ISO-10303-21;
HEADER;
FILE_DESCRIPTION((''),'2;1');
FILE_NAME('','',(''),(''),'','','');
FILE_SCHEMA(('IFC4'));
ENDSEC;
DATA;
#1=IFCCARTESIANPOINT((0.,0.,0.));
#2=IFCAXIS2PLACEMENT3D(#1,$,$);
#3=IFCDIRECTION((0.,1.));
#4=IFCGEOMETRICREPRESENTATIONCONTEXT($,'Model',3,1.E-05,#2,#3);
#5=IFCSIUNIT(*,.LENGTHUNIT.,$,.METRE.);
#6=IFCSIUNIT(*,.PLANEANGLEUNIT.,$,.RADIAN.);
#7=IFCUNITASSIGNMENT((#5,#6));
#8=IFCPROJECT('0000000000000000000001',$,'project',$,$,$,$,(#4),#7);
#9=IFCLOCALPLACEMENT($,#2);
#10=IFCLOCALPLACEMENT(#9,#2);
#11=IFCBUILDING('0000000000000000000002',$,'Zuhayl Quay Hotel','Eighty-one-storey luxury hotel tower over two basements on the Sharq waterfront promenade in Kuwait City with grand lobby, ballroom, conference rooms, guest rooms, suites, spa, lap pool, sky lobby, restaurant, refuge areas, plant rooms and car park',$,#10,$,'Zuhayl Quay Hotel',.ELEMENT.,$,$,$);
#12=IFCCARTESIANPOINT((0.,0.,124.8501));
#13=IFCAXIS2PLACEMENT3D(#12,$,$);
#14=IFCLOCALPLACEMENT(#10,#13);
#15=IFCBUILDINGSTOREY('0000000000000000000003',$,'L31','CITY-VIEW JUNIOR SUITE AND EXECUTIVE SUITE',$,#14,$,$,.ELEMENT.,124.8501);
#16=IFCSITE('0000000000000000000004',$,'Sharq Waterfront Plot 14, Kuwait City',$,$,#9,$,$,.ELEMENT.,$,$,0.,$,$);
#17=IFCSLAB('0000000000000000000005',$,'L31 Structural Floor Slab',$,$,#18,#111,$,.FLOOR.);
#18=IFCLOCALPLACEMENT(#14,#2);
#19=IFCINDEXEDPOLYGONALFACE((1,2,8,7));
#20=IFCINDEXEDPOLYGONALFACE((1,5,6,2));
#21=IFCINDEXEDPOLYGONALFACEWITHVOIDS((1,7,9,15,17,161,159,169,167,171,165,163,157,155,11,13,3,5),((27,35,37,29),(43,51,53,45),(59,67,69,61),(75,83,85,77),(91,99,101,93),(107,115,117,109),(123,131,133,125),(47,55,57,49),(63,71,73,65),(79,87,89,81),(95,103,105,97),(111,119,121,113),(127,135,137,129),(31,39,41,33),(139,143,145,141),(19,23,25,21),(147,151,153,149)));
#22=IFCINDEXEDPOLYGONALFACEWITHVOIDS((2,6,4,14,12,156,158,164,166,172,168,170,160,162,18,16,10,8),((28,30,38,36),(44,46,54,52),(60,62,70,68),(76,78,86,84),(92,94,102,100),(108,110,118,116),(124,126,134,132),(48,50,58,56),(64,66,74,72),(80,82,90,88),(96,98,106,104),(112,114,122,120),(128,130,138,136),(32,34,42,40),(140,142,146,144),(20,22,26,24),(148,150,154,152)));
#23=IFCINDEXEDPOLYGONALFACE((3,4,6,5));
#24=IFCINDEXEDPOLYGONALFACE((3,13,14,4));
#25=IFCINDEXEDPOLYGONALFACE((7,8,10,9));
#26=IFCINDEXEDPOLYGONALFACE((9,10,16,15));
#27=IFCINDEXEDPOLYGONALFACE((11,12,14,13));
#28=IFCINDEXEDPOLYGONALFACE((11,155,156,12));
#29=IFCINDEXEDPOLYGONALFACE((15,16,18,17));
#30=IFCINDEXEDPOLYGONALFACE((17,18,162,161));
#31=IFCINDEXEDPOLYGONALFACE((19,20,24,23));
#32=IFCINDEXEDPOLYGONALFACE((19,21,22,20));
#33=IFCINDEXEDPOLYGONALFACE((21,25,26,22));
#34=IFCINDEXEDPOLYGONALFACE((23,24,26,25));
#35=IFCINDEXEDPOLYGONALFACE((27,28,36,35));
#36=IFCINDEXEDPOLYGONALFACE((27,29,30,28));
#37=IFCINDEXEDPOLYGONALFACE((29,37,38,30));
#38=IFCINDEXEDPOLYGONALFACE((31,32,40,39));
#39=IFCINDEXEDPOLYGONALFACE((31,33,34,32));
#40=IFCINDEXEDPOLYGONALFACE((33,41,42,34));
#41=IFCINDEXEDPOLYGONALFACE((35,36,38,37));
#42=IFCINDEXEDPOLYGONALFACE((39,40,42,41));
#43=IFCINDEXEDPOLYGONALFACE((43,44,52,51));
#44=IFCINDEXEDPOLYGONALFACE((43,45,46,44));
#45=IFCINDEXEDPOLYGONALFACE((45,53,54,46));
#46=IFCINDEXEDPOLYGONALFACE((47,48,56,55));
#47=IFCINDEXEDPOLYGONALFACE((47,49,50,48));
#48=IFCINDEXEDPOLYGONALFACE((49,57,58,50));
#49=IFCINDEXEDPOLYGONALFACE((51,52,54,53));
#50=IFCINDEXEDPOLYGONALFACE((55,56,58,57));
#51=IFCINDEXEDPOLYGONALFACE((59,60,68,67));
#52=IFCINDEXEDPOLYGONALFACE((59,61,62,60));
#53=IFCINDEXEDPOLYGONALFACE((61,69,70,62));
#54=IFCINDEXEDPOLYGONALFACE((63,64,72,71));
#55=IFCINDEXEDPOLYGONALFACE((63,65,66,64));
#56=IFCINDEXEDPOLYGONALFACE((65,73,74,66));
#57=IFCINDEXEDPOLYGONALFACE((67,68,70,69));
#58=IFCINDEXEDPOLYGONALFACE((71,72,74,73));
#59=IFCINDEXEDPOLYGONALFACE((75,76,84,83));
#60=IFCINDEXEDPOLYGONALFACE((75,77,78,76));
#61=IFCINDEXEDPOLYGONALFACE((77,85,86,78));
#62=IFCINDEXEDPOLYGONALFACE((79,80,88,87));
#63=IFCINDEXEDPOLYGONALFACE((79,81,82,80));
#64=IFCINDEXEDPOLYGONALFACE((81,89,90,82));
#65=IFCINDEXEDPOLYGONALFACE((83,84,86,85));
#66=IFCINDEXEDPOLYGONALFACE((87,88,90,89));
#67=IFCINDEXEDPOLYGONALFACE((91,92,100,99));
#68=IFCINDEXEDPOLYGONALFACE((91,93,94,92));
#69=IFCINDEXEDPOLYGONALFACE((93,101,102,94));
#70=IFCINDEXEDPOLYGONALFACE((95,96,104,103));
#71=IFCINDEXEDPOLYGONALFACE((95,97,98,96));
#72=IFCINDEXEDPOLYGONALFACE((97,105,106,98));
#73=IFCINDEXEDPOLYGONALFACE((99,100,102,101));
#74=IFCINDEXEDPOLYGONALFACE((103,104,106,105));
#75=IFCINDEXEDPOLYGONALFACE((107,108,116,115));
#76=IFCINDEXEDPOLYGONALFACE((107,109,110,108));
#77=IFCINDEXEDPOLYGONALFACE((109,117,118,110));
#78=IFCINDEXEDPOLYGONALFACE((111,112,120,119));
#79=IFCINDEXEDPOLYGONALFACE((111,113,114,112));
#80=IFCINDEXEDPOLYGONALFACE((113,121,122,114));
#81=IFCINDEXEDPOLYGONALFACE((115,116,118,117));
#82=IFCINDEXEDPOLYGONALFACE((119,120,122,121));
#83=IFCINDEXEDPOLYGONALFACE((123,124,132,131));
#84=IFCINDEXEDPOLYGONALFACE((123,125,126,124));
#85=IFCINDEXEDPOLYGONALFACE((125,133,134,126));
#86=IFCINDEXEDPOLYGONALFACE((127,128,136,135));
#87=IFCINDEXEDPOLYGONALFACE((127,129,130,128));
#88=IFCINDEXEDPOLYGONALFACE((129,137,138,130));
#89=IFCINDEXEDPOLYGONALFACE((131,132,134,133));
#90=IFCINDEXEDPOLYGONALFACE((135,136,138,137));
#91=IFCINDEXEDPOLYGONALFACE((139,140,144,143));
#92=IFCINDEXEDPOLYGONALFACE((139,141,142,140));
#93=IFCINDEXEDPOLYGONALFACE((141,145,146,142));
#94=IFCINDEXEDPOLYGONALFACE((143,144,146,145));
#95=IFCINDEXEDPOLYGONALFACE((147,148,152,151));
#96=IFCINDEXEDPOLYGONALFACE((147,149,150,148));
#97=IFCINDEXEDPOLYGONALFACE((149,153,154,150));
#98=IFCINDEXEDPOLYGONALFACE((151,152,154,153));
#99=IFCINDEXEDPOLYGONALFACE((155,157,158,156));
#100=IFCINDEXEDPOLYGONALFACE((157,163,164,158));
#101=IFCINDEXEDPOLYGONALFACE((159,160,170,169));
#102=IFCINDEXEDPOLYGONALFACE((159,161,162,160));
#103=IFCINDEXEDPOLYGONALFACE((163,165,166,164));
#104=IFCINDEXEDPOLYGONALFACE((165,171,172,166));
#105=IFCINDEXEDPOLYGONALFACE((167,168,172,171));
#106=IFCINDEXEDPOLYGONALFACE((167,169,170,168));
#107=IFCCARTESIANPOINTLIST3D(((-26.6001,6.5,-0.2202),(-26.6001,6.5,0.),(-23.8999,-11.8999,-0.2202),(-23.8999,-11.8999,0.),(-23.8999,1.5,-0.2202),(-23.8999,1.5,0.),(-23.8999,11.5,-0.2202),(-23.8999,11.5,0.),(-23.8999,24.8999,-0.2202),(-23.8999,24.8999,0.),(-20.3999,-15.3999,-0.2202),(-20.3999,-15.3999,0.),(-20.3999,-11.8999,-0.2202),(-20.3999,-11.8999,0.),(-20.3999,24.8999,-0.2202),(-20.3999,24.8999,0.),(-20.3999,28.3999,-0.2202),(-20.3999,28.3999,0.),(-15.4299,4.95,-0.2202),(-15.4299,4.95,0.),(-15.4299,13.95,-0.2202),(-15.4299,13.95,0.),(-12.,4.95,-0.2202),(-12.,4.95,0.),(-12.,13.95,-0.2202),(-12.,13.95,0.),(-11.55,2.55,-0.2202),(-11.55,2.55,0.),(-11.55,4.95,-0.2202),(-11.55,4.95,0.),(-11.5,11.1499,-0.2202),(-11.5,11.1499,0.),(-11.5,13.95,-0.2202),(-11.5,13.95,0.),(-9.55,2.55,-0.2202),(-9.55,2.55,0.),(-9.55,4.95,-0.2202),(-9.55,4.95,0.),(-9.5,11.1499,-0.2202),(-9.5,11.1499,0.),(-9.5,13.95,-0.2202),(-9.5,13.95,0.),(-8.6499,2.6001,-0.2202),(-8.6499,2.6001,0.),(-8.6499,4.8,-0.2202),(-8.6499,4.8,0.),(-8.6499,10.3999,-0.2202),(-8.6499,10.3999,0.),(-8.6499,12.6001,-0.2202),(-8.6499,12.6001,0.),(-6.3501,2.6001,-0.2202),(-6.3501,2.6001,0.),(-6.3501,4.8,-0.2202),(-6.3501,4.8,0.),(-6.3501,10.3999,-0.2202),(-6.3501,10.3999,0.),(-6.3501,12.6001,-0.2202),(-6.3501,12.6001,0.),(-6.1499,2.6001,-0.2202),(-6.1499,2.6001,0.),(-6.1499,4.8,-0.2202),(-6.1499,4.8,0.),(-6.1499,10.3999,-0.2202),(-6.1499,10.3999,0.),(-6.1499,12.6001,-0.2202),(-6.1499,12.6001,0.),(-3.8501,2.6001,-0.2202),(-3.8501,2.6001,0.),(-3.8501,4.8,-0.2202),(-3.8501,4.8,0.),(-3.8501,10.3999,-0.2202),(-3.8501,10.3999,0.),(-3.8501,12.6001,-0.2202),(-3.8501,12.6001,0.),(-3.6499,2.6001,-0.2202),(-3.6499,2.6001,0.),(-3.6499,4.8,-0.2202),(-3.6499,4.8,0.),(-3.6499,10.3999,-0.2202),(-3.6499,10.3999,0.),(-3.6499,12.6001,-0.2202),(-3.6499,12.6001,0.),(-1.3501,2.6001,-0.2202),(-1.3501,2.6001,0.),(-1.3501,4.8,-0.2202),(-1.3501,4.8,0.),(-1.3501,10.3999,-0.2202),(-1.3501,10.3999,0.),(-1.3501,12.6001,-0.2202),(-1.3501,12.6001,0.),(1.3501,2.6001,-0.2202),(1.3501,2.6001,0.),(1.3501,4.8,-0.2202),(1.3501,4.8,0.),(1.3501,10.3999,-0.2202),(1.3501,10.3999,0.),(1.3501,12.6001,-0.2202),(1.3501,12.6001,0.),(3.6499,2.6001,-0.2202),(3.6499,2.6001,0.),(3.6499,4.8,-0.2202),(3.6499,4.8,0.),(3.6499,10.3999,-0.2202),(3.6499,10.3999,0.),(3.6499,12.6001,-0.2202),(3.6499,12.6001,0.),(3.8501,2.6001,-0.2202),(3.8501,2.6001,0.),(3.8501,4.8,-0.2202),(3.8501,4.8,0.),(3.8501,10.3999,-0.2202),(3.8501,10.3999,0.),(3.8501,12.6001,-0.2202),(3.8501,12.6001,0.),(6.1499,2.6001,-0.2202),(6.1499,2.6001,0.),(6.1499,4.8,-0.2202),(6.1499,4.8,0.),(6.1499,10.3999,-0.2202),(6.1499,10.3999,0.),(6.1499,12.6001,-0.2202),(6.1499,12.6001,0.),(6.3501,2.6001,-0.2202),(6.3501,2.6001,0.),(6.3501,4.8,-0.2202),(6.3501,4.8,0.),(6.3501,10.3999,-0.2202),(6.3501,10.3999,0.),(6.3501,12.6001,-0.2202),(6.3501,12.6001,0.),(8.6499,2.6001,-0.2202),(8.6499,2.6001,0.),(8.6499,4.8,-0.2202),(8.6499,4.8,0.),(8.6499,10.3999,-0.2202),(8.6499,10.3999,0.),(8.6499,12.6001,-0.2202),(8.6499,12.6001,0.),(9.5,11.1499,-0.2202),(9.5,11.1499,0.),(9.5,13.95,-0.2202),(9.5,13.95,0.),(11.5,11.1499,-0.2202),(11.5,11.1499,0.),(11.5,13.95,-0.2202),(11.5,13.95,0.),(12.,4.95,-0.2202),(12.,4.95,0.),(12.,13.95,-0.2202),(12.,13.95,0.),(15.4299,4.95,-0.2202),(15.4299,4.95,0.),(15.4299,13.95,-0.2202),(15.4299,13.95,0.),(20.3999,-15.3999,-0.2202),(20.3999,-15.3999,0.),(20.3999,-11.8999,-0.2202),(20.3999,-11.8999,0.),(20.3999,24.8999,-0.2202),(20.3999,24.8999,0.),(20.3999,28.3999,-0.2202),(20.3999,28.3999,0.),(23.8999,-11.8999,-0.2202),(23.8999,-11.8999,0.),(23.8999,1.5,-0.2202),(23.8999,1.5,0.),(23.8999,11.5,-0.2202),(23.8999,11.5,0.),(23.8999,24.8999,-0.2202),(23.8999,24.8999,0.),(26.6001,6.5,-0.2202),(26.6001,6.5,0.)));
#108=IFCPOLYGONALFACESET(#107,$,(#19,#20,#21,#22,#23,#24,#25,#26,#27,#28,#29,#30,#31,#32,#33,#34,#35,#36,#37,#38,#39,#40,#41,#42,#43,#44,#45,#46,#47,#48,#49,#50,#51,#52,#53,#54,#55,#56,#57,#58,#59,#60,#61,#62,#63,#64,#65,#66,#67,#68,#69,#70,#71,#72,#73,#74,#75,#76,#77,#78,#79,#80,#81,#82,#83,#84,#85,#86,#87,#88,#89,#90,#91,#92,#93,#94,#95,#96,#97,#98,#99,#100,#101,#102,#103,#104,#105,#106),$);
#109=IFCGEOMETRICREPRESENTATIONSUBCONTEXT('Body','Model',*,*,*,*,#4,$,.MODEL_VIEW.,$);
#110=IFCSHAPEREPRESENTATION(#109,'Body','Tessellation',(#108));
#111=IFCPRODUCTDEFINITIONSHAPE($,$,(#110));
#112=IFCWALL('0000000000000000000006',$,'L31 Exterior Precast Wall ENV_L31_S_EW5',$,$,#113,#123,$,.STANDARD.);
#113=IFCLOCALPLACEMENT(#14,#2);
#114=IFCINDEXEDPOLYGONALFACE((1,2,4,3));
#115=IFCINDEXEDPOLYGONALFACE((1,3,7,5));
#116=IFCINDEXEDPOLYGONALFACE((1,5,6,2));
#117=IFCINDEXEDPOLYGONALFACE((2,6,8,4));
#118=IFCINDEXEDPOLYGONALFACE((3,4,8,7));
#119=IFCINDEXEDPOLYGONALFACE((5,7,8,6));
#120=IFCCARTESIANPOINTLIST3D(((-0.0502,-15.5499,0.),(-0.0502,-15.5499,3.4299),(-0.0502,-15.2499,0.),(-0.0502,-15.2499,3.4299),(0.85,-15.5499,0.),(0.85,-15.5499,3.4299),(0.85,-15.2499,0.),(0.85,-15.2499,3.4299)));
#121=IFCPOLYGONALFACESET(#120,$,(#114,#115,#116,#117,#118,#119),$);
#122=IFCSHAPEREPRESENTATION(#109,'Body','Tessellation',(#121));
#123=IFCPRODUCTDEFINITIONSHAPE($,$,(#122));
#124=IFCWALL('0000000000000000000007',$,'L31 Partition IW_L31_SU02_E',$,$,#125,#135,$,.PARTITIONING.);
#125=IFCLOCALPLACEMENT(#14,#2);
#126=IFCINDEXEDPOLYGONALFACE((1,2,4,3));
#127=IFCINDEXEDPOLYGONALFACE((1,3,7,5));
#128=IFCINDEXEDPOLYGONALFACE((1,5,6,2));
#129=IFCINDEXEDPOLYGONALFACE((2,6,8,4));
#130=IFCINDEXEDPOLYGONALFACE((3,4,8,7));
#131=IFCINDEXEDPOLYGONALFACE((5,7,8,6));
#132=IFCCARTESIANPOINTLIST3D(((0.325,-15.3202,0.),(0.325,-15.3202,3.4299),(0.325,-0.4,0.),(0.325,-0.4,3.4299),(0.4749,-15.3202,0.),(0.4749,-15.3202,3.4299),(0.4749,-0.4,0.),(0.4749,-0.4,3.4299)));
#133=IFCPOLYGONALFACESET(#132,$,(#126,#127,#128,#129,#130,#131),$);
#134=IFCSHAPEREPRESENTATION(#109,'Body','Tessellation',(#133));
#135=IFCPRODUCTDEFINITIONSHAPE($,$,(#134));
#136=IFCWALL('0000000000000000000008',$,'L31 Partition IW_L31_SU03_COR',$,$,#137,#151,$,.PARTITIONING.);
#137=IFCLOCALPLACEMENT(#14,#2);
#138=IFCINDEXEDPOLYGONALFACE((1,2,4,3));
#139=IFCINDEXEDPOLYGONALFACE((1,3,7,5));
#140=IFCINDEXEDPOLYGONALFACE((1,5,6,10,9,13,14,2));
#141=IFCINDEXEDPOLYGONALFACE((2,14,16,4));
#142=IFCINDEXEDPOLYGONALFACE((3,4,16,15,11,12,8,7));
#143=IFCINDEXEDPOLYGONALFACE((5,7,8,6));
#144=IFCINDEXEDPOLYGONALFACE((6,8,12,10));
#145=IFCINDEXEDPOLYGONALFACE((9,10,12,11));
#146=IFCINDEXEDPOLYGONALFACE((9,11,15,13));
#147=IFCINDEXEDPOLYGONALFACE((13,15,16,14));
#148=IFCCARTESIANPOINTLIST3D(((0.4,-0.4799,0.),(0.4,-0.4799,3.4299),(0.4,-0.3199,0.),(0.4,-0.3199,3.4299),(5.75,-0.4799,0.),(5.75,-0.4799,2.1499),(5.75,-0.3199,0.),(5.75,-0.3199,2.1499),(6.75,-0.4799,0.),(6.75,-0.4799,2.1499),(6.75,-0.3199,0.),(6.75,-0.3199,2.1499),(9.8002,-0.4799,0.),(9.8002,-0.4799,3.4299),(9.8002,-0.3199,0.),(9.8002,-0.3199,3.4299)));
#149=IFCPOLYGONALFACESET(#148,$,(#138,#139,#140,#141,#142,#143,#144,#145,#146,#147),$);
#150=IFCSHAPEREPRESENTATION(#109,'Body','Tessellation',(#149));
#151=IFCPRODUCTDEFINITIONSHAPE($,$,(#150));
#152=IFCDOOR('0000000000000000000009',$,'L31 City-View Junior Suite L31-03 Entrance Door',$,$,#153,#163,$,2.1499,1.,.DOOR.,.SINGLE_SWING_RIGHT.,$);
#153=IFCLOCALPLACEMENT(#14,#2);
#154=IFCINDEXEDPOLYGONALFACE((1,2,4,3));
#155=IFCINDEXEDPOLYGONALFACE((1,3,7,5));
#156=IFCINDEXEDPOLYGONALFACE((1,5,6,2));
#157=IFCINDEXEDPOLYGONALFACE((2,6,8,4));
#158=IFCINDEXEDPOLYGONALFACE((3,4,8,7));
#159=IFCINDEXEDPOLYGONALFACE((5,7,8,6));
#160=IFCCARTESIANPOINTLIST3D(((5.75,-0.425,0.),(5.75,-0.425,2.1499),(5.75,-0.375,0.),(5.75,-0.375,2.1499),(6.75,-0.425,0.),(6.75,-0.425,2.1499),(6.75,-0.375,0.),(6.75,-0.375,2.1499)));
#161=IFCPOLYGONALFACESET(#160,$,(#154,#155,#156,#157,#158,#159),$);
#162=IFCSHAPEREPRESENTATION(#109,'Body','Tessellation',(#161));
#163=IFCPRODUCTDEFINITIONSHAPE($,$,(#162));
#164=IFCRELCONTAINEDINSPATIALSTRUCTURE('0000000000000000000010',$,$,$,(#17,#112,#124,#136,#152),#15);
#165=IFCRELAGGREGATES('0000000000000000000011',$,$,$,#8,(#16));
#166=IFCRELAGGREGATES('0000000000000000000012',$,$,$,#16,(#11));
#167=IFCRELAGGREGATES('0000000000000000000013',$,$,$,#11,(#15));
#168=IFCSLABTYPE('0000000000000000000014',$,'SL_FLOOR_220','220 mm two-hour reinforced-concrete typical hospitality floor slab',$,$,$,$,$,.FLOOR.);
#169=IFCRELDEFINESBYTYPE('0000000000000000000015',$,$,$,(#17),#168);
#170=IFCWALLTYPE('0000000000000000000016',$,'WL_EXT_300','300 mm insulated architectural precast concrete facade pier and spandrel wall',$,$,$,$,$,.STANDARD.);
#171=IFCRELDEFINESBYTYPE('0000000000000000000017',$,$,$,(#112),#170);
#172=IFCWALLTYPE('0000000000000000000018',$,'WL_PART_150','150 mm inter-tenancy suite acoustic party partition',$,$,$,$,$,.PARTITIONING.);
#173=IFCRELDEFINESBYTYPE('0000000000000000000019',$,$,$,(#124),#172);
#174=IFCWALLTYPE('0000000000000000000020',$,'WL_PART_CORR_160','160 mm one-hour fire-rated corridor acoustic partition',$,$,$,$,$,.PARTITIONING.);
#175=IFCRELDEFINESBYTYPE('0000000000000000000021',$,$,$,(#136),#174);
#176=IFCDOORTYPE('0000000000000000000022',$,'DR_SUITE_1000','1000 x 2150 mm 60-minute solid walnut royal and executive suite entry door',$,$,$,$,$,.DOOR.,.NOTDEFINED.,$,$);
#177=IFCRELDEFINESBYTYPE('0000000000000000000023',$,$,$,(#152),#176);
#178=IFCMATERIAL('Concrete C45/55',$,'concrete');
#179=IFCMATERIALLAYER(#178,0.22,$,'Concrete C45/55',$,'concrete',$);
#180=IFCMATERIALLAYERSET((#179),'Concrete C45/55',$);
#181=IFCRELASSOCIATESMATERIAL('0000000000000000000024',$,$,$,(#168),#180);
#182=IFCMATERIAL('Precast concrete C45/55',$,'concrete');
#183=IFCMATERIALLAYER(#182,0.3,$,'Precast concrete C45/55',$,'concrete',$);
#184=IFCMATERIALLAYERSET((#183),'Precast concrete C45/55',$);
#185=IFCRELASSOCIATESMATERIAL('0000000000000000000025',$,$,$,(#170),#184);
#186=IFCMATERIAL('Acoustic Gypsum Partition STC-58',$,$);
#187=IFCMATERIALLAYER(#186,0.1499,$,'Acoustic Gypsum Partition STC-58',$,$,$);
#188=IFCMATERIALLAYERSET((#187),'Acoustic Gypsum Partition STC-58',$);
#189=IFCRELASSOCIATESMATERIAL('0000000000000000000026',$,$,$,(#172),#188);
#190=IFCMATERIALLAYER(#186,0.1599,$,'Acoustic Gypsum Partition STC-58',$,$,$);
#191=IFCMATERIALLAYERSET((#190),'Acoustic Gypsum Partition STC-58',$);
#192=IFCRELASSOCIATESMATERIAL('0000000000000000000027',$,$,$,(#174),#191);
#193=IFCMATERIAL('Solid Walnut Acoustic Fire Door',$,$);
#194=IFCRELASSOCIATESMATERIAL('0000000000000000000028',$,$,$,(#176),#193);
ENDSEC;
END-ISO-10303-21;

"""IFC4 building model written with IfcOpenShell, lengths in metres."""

from ifc_helpers import new_model, si_unit, direction, frame, frame_2d, origin, place, context, subcontext, project, spatial, polyline, rectangle, outline, extrude, material, layer, layer_set, type_object, element, fill, save


model = new_model("IFC4")

# Units and contexts
model_context = context("Model", 3, precision=1e-05, world=origin(), true_north=direction((0.0, 1.0)))
body_context = subcontext(model_context, "Body", "Model", "MODEL_VIEW")
ifc_project = project(units=[si_unit("LENGTHUNIT", "METRE"), si_unit("PLANEANGLEUNIT", "RADIAN")], contexts=[model_context])

# Site, building, storey
site_placement = place(None, origin())
site = spatial("IfcSite", under=ifc_project, at=site_placement, Name="Sharq Waterfront Plot 14, Kuwait City", CompositionType="ELEMENT", RefElevation=0.0)
building_placement = place(site_placement, origin())
building = spatial("IfcBuilding", under=site, at=building_placement, Name="Zuhayl Quay Hotel", Description="Eighty-one-storey luxury hotel tower over two basements on the Sharq waterfront promenade in Kuwait City with grand lobby, ballroom, conference rooms, guest rooms, suites, spa, lap pool, sky lobby, restaurant, refuge areas, plant rooms and car park", LongName="Zuhayl Quay Hotel", CompositionType="ELEMENT")
storey_placement = place(building_placement, frame((0.0, 0.0, 124.8501)))
storey = spatial("IfcBuildingStorey", under=building, at=storey_placement, Name="L31", Description="CITY-VIEW JUNIOR SUITE AND EXECUTIVE SUITE", CompositionType="ELEMENT", Elevation=124.8501)

# Slab
ifc_material_1 = material(Name="Concrete C45/55", Category="concrete")
ifc_layer_1 = layer(ifc_material_1, 0.22, Name="Concrete C45/55", Category="concrete")
ifc_layer_set_1 = layer_set([ifc_layer_1], Name="Concrete C45/55")
slab_type_1 = type_object("IfcSlabType", Name="SL_FLOOR_220", Description="220 mm two-hour reinforced-concrete typical hospitality floor slab", PredefinedType="FLOOR", material=ifc_layer_set_1)
slab_1_placement = place(storey_placement, frame((0.0, 0.0, -0.2202)))
element("IfcSlab", 1, at=slab_1_placement, inside=storey, type_object=slab_type_1, Name="L31 Structural Floor Slab", PredefinedType="FLOOR", context=body_context, shape_type="SweptSolid", body=[
    extrude(outline(polyline([(-20.3999, -15.3999), (20.3999, -15.3999), (20.3999, -11.8999), (23.8999, -11.8999), (23.8999, 1.5), (26.6001, 6.5), (23.8999, 11.5), (23.8999, 24.8999), (20.3999, 24.8999), (20.3999, 28.3999), (-20.3999, 28.3999), (-20.3999, 24.8999), (-23.8999, 24.8999), (-23.8999, 11.5), (-26.6001, 6.5), (-23.8999, 1.5), (-23.8999, -11.8999), (-20.3999, -11.8999), (-20.3999, -15.3999)]), holes=[polyline([(-12.0, 4.95), (-12.0, 13.95), (-15.4299, 13.95), (-15.4299, 4.95), (-12.0, 4.95)]), polyline([(15.4299, 4.95), (15.4299, 13.95), (12.0, 13.95), (12.0, 4.95), (15.4299, 4.95)]), polyline([(-11.5, 11.1499), (-9.5, 11.1499), (-9.5, 13.95), (-11.5, 13.95), (-11.5, 11.1499)]), polyline([(9.5, 11.1499), (11.5, 11.1499), (11.5, 13.95), (9.5, 13.95), (9.5, 11.1499)]), polyline([(-8.6499, 2.6001), (-6.3501, 2.6001), (-6.3501, 4.8), (-8.6499, 4.8), (-8.6499, 2.6001)]), polyline([(-6.1499, 2.6001), (-3.8501, 2.6001), (-3.8501, 4.8), (-6.1499, 4.8), (-6.1499, 2.6001)]), polyline([(-8.6499, 10.3999), (-6.3501, 10.3999), (-6.3501, 12.6001), (-8.6499, 12.6001), (-8.6499, 10.3999)]), polyline([(-6.1499, 10.3999), (-3.8501, 10.3999), (-3.8501, 12.6001), (-6.1499, 12.6001), (-6.1499, 10.3999)]), polyline([(-3.6499, 2.6001), (-1.3501, 2.6001), (-1.3501, 4.8), (-3.6499, 4.8), (-3.6499, 2.6001)]), polyline([(1.3501, 2.6001), (3.6499, 2.6001), (3.6499, 4.8), (1.3501, 4.8), (1.3501, 2.6001)]), polyline([(-3.6499, 10.3999), (-1.3501, 10.3999), (-1.3501, 12.6001), (-3.6499, 12.6001), (-3.6499, 10.3999)]), polyline([(1.3501, 10.3999), (3.6499, 10.3999), (3.6499, 12.6001), (1.3501, 12.6001), (1.3501, 10.3999)]), polyline([(3.8501, 2.6001), (6.1499, 2.6001), (6.1499, 4.8), (3.8501, 4.8), (3.8501, 2.6001)]), polyline([(6.3501, 2.6001), (8.6499, 2.6001), (8.6499, 4.8), (6.3501, 4.8), (6.3501, 2.6001)]), polyline([(3.8501, 10.3999), (6.1499, 10.3999), (6.1499, 12.6001), (3.8501, 12.6001), (3.8501, 10.3999)]), polyline([(6.3501, 10.3999), (8.6499, 10.3999), (8.6499, 12.6001), (6.3501, 12.6001), (6.3501, 10.3999)]), polyline([(-11.55, 2.55), (-9.55, 2.55), (-9.55, 4.95), (-11.55, 4.95), (-11.55, 2.55)])]), origin(), (0.0, 0.0, 1.0), 0.2202),
])

# Walls
ifc_material_2 = material(Name="Precast concrete C45/55", Category="concrete")
ifc_layer_2 = layer(ifc_material_2, 0.3, Name="Precast concrete C45/55", Category="concrete")
ifc_layer_set_2 = layer_set([ifc_layer_2], Name="Precast concrete C45/55")
wall_type_1 = type_object("IfcWallType", Name="WL_EXT_300", Description="300 mm insulated architectural precast concrete facade pier and spandrel wall", PredefinedType="STANDARD", material=ifc_layer_set_2)
wall_1_placement = place(storey_placement, frame((0.8501, -15.3999, 0.0), z_axis=(0.0, 0.0, 1.0), x_axis=(-1.0, 0.0, 0.0)))
element("IfcWall", 2, at=wall_1_placement, inside=storey, type_object=wall_type_1, Name="L31 Exterior Precast Wall ENV_L31_S_EW5", PredefinedType="STANDARD", context=body_context, shape_type="SweptSolid", body=[
    extrude(rectangle(XDim=0.9001, YDim=0.3, at=frame_2d((0.4502, 0.0))), origin(), (0.0, 0.0, 1.0), 3.4299),
])
ifc_material_3 = material(Name="Acoustic Gypsum Partition STC-58")
ifc_layer_3 = layer(ifc_material_3, 0.1499, Name="Acoustic Gypsum Partition STC-58")
ifc_layer_set_3 = layer_set([ifc_layer_3], Name="Acoustic Gypsum Partition STC-58")
wall_type_2 = type_object("IfcWallType", Name="WL_PART_150", Description="150 mm inter-tenancy suite acoustic party partition", PredefinedType="PARTITIONING", material=ifc_layer_set_3)
wall_2_placement = place(storey_placement, frame((0.3999, -15.3201, 0.0), z_axis=(0.0, 0.0, 1.0), x_axis=(0.0, 1.0, 0.0)))
element("IfcWall", 3, at=wall_2_placement, inside=storey, type_object=wall_type_2, Name="L31 Partition IW_L31_SU02_E", PredefinedType="PARTITIONING", context=body_context, shape_type="SweptSolid", body=[
    extrude(rectangle(XDim=14.9202, YDim=0.1499, at=frame_2d((7.46, 0.0))), origin(), (0.0, 0.0, 1.0), 3.4299),
])

# Wall, opening, door
ifc_layer_4 = layer(ifc_material_3, 0.1599, Name="Acoustic Gypsum Partition STC-58")
ifc_layer_set_4 = layer_set([ifc_layer_4], Name="Acoustic Gypsum Partition STC-58")
wall_type_3 = type_object("IfcWallType", Name="WL_PART_CORR_160", Description="160 mm one-hour fire-rated corridor acoustic partition", PredefinedType="PARTITIONING", material=ifc_layer_set_4)
wall_3_placement = place(storey_placement, frame((0.3999, -0.3999, 0.0), z_axis=(0.0, 0.0, 1.0), x_axis=(1.0, 0.0, 0.0)))
wall_3 = element("IfcWall", 4, at=wall_3_placement, inside=storey, type_object=wall_type_3, Name="L31 Partition IW_L31_SU03_COR", PredefinedType="PARTITIONING", context=body_context, shape_type="SweptSolid", body=[
    extrude(rectangle(XDim=9.4001, YDim=0.1599, at=frame_2d((4.7002, 0.0))), origin(), (0.0, 0.0, 1.0), 3.4299),
])
opening_1_placement = place(wall_3_placement, frame((5.3501, 0.0, 0.0)))
opening_1 = element("IfcOpeningElement", 5, at=opening_1_placement, cuts=wall_3, PredefinedType="OPENING", context=body_context, shape_type="SweptSolid", body=[
    extrude(rectangle(XDim=1.0, YDim=2.1499, at=frame_2d((0.5, 1.075))), frame((0.0, 0.0898, 0.0), z_axis=(0.0, -1.0, 0.0), x_axis=(1.0, 0.0, 0.0)), (0.0, 0.0, 1.0), 0.1799),
])
ifc_material_4 = material(Name="Solid Walnut Acoustic Fire Door")
door_type_1 = type_object("IfcDoorType", Name="DR_SUITE_1000", Description="1000 x 2150 mm 60-minute solid walnut royal and executive suite entry door", OperationType="NOTDEFINED", PredefinedType="DOOR", material=ifc_material_4)
door_1_placement = place(opening_1_placement, origin())
door_1 = element("IfcDoor", 6, at=door_1_placement, inside=storey, type_object=door_type_1, Name="L31 City-View Junior Suite L31-03 Entrance Door", OperationType="SINGLE_SWING_RIGHT", OverallHeight=2.1499, OverallWidth=1.0, PredefinedType="DOOR", context=body_context, shape_type="SweptSolid", body=[
    extrude(rectangle(XDim=1.0, YDim=2.1499, at=frame_2d((0.5, 1.075))), frame((0.0, 0.0249, 0.0), z_axis=(0.0, -1.0, 0.0), x_axis=(1.0, 0.0, 0.0)), (0.0, 0.0, 1.0), 0.05),
])
fill(opening_1, door_1)

save(model, "model.ifc")
